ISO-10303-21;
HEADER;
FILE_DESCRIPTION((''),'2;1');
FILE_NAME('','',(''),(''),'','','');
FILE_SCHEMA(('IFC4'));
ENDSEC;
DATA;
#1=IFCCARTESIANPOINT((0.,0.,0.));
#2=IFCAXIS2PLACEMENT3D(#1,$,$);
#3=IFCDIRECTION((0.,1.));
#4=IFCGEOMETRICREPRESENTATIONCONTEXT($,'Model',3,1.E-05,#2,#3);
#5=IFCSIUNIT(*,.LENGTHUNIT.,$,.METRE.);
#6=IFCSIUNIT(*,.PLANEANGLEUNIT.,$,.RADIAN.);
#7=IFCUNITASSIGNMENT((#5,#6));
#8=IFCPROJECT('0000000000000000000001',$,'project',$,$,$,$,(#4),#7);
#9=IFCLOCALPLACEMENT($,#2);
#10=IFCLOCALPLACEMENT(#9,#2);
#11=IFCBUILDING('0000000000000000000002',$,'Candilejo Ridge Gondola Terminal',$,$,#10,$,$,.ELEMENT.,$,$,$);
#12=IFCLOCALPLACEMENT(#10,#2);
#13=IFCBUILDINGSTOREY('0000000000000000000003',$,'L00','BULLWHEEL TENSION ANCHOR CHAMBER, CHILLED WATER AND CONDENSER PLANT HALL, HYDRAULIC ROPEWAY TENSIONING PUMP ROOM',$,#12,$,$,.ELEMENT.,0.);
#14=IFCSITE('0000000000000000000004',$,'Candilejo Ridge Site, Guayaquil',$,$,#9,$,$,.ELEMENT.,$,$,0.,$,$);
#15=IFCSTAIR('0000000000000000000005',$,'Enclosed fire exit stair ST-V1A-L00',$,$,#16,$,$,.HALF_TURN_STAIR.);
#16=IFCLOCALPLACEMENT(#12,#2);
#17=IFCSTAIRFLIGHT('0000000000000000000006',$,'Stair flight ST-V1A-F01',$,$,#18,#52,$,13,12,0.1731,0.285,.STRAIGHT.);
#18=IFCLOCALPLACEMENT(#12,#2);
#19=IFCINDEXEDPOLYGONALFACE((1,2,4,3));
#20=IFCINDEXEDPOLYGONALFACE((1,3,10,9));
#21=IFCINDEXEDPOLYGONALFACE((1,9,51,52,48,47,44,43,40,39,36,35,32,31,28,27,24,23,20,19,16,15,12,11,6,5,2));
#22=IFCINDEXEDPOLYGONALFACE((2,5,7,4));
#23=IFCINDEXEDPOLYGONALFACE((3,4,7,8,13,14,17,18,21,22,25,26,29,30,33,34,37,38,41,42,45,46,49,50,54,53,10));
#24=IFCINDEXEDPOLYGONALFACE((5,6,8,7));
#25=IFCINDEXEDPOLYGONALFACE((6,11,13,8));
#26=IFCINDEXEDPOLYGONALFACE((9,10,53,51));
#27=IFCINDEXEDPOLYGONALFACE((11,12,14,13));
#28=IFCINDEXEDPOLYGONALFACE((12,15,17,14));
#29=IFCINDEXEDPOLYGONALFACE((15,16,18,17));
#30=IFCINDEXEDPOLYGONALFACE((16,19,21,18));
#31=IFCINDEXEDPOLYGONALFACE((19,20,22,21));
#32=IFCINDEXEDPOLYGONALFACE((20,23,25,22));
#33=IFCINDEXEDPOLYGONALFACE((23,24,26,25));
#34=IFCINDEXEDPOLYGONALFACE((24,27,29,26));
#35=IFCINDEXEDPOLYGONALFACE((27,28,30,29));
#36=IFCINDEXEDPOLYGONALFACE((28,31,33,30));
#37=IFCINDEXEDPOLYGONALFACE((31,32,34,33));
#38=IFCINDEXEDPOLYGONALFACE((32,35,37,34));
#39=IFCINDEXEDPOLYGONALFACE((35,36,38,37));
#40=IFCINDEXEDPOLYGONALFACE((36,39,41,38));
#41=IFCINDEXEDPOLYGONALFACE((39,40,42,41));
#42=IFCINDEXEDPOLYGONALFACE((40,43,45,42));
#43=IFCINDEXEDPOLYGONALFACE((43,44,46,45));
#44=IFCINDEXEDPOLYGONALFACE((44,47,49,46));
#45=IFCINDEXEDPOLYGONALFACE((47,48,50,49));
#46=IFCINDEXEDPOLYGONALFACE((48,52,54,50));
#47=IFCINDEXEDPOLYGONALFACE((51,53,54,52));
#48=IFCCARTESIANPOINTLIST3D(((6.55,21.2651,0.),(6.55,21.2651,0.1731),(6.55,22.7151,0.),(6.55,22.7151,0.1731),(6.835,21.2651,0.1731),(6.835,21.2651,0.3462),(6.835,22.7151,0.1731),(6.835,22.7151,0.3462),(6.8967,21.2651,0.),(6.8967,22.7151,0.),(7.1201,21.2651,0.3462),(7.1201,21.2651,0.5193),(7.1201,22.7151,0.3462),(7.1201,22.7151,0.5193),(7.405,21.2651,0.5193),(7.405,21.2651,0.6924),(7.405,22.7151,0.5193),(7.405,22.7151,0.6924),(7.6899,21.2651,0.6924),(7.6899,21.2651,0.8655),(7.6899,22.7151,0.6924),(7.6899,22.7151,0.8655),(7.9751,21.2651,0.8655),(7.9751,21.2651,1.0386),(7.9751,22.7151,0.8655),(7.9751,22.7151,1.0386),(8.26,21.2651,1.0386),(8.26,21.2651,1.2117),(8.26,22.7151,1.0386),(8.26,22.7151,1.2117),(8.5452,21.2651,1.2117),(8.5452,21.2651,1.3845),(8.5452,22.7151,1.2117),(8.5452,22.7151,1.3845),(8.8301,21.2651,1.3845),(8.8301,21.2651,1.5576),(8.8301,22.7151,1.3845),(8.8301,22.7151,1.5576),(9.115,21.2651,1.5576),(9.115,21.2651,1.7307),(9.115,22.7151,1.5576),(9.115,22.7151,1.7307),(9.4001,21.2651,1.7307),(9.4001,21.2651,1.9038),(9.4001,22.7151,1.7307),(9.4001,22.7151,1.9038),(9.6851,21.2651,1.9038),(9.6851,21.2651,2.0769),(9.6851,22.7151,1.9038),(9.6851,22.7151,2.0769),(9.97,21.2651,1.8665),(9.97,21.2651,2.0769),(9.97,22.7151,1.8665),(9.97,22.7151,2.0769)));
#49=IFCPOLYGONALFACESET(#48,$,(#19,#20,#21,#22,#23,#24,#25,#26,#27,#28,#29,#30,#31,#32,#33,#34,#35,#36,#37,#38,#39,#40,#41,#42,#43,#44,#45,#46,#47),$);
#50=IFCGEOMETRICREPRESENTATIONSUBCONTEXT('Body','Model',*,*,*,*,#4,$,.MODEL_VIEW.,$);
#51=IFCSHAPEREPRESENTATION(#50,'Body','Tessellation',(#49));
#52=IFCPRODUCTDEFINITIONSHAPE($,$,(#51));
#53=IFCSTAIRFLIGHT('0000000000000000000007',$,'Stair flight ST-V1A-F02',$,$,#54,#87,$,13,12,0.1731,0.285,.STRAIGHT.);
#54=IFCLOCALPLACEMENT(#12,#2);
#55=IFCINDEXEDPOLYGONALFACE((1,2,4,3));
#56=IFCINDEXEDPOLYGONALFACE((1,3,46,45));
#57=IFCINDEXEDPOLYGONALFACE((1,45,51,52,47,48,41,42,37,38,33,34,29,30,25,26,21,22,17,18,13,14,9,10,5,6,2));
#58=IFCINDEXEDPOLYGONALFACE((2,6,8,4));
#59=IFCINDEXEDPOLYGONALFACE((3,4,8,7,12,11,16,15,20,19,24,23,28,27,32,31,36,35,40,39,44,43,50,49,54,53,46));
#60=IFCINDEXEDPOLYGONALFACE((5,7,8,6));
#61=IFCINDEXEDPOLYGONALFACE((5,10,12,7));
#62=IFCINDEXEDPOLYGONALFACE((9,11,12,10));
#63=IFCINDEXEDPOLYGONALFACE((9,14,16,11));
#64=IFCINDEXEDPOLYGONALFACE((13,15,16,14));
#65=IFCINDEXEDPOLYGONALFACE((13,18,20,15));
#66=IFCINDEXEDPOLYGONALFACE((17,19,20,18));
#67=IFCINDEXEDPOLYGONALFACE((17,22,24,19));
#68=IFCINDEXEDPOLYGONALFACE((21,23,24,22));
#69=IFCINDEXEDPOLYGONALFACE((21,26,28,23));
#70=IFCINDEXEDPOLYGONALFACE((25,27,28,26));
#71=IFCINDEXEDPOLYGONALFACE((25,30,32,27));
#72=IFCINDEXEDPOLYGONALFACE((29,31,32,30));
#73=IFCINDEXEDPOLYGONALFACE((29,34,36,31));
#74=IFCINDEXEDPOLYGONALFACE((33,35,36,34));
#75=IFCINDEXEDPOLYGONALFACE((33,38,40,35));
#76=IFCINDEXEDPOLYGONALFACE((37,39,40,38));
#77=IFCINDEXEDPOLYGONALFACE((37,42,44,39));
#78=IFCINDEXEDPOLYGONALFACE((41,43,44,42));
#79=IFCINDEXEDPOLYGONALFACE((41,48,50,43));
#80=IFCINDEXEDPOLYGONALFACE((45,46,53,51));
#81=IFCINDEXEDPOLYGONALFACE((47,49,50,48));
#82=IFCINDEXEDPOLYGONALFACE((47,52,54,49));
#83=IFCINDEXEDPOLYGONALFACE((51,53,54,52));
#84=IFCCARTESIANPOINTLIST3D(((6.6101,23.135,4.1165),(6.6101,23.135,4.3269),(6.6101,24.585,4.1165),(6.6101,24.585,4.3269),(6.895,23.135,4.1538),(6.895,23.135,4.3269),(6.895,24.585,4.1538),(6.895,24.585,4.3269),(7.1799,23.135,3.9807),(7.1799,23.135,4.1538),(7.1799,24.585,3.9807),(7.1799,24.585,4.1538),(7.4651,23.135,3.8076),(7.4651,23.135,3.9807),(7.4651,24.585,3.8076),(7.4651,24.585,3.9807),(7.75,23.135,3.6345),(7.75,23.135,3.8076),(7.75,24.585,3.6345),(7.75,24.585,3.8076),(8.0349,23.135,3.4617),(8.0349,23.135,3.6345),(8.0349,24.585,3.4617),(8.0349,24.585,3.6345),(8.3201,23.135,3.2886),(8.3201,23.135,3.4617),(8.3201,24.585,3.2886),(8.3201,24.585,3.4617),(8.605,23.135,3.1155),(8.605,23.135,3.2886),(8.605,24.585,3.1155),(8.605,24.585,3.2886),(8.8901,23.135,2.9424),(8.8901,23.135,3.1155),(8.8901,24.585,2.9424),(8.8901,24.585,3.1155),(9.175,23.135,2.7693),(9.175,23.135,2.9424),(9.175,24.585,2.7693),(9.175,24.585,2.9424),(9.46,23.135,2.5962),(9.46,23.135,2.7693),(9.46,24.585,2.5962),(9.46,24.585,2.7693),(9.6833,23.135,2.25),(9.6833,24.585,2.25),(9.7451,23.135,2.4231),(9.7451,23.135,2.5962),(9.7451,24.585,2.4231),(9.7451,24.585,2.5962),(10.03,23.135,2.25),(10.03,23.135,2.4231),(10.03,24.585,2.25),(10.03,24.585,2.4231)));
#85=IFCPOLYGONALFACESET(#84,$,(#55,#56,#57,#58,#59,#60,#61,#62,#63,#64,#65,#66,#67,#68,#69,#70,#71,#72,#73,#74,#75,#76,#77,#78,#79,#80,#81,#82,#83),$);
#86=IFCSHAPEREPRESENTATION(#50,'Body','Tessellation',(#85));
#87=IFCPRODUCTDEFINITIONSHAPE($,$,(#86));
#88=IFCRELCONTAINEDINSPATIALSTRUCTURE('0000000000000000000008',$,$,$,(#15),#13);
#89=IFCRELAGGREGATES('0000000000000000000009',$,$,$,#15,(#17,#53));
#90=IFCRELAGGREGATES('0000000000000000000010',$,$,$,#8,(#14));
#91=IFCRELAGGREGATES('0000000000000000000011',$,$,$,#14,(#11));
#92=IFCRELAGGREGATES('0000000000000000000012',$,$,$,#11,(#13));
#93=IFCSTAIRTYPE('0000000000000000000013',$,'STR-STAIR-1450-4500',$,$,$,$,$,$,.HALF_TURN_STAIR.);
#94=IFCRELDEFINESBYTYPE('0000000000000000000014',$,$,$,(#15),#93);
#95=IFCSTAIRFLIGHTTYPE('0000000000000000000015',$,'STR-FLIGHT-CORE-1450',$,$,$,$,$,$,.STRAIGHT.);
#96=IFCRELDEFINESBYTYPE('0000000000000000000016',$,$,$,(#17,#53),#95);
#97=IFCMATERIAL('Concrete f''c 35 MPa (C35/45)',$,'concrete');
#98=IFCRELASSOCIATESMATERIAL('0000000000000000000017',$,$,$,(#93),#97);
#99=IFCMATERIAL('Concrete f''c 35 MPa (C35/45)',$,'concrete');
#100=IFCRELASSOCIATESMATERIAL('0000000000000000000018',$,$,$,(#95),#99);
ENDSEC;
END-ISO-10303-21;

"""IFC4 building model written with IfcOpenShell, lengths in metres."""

from ifc_helpers import new_model, si_unit, direction, frame, origin, place, context, subcontext, project, spatial, polyline, outline, extrude, material, type_object, element, aggregate, save


model = new_model("IFC4")

# Units and contexts
model_context = context("Model", 3, precision=1e-05, world=origin(), true_north=direction((0.0, 1.0)))
body_context = subcontext(model_context, "Body", "Model", "MODEL_VIEW")
ifc_project = project(units=[si_unit("LENGTHUNIT", "METRE"), si_unit("PLANEANGLEUNIT", "RADIAN")], contexts=[model_context])

# Site, building, storey
site_placement = place(None, origin())
site = spatial("IfcSite", under=ifc_project, at=site_placement, Name="Candilejo Ridge Site, Guayaquil", CompositionType="ELEMENT", RefElevation=0.0)
building_placement = place(site_placement, origin())
building = spatial("IfcBuilding", under=site, at=building_placement, Name="Candilejo Ridge Gondola Terminal", CompositionType="ELEMENT")
storey_placement = place(building_placement, origin())
storey = spatial("IfcBuildingStorey", under=building, at=storey_placement, Name="L00", Description="BULLWHEEL TENSION ANCHOR CHAMBER, CHILLED WATER AND CONDENSER PLANT HALL, HYDRAULIC ROPEWAY TENSIONING PUMP ROOM", CompositionType="ELEMENT", Elevation=0.0)

# Stair, stair flights
ifc_material_1 = material(Name="Concrete f'c 35 MPa (C35/45)", Category="concrete")
stair_type = type_object("IfcStairType", Name="STR-STAIR-1450-4500", PredefinedType="HALF_TURN_STAIR", material=ifc_material_1)
stair_placement = place(storey_placement, origin())
stair = element("IfcStair", 1, at=stair_placement, inside=storey, type_object=stair_type, Name="Enclosed fire exit stair ST-V1A-L00", PredefinedType="HALF_TURN_STAIR")
ifc_material_2 = material(Name="Concrete f'c 35 MPa (C35/45)", Category="concrete")
stair_flight_type = type_object("IfcStairFlightType", Name="STR-FLIGHT-CORE-1450", PredefinedType="STRAIGHT", material=ifc_material_2)
stair_flight_1_placement = place(storey_placement, frame((6.55, 21.99, 0.0), z_axis=(0.0, 0.0, 1.0), x_axis=(1.0, 0.0, 0.0)))
stair_flight_1 = element("IfcStairFlight", 2, at=stair_flight_1_placement, type_object=stair_flight_type, Name="Stair flight ST-V1A-F01", NumberOfRisers=13, NumberOfTreads=12, PredefinedType="STRAIGHT", RiserHeight=0.1731, TreadLength=0.285, context=body_context, shape_type="SweptSolid", body=[
    extrude(outline(polyline([(0.0, 0.0), (0.0, 0.1731), (0.2849, 0.1731), (0.2849, 0.3462), (0.5701, 0.3462), (0.5701, 0.5193), (0.855, 0.5193), (0.855, 0.6924), (1.1399, 0.6924), (1.1399, 0.8655), (1.425, 0.8655), (1.425, 1.0386), (1.71, 1.0386), (1.71, 1.2117), (1.9951, 1.2117), (1.9951, 1.3845), (2.28, 1.3845), (2.28, 1.5576), (2.5649, 1.5576), (2.5649, 1.7307), (2.8501, 1.7307), (2.8501, 1.9038), (3.135, 1.9038), (3.135, 2.0769), (3.4199, 2.0769), (3.4199, 2.25), (3.4199, 1.8665), (0.3467, 0.0), (0.0, 0.0)])), frame((0.0, 0.7251, 0.0), z_axis=(0.0, -1.0, 0.0), x_axis=(1.0, 0.0, 0.0)), (0.0, 0.0, 1.0), 1.45),
])
stair_flight_2_placement = place(storey_placement, frame((10.03, 23.8601, 2.25), z_axis=(0.0, 0.0, 1.0), x_axis=(-1.0, 0.0, 0.0)))
stair_flight_2 = element("IfcStairFlight", 3, at=stair_flight_2_placement, type_object=stair_flight_type, Name="Stair flight ST-V1A-F02", NumberOfRisers=13, NumberOfTreads=12, PredefinedType="STRAIGHT", RiserHeight=0.1731, TreadLength=0.285, context=body_context, shape_type="SweptSolid", body=[
    extrude(outline(polyline([(0.0, 0.0), (0.0, 0.1731), (0.2849, 0.1731), (0.2849, 0.3462), (0.5701, 0.3462), (0.5701, 0.5193), (0.855, 0.5193), (0.855, 0.6924), (1.1399, 0.6924), (1.1399, 0.8655), (1.425, 0.8655), (1.425, 1.0386), (1.71, 1.0386), (1.71, 1.2117), (1.9951, 1.2117), (1.9951, 1.3845), (2.28, 1.3845), (2.28, 1.5576), (2.5649, 1.5576), (2.5649, 1.7307), (2.8501, 1.7307), (2.8501, 1.9038), (3.135, 1.9038), (3.135, 2.0769), (3.4199, 2.0769), (3.4199, 2.25), (3.4199, 1.8665), (0.3467, 0.0), (0.0, 0.0)])), frame((0.0, 0.7251, 0.0), z_axis=(0.0, -1.0, 0.0), x_axis=(1.0, 0.0, 0.0)), (0.0, 0.0, 1.0), 1.45),
])
aggregate(stair, [stair_flight_1, stair_flight_2])

save(model, "model.ifc")
